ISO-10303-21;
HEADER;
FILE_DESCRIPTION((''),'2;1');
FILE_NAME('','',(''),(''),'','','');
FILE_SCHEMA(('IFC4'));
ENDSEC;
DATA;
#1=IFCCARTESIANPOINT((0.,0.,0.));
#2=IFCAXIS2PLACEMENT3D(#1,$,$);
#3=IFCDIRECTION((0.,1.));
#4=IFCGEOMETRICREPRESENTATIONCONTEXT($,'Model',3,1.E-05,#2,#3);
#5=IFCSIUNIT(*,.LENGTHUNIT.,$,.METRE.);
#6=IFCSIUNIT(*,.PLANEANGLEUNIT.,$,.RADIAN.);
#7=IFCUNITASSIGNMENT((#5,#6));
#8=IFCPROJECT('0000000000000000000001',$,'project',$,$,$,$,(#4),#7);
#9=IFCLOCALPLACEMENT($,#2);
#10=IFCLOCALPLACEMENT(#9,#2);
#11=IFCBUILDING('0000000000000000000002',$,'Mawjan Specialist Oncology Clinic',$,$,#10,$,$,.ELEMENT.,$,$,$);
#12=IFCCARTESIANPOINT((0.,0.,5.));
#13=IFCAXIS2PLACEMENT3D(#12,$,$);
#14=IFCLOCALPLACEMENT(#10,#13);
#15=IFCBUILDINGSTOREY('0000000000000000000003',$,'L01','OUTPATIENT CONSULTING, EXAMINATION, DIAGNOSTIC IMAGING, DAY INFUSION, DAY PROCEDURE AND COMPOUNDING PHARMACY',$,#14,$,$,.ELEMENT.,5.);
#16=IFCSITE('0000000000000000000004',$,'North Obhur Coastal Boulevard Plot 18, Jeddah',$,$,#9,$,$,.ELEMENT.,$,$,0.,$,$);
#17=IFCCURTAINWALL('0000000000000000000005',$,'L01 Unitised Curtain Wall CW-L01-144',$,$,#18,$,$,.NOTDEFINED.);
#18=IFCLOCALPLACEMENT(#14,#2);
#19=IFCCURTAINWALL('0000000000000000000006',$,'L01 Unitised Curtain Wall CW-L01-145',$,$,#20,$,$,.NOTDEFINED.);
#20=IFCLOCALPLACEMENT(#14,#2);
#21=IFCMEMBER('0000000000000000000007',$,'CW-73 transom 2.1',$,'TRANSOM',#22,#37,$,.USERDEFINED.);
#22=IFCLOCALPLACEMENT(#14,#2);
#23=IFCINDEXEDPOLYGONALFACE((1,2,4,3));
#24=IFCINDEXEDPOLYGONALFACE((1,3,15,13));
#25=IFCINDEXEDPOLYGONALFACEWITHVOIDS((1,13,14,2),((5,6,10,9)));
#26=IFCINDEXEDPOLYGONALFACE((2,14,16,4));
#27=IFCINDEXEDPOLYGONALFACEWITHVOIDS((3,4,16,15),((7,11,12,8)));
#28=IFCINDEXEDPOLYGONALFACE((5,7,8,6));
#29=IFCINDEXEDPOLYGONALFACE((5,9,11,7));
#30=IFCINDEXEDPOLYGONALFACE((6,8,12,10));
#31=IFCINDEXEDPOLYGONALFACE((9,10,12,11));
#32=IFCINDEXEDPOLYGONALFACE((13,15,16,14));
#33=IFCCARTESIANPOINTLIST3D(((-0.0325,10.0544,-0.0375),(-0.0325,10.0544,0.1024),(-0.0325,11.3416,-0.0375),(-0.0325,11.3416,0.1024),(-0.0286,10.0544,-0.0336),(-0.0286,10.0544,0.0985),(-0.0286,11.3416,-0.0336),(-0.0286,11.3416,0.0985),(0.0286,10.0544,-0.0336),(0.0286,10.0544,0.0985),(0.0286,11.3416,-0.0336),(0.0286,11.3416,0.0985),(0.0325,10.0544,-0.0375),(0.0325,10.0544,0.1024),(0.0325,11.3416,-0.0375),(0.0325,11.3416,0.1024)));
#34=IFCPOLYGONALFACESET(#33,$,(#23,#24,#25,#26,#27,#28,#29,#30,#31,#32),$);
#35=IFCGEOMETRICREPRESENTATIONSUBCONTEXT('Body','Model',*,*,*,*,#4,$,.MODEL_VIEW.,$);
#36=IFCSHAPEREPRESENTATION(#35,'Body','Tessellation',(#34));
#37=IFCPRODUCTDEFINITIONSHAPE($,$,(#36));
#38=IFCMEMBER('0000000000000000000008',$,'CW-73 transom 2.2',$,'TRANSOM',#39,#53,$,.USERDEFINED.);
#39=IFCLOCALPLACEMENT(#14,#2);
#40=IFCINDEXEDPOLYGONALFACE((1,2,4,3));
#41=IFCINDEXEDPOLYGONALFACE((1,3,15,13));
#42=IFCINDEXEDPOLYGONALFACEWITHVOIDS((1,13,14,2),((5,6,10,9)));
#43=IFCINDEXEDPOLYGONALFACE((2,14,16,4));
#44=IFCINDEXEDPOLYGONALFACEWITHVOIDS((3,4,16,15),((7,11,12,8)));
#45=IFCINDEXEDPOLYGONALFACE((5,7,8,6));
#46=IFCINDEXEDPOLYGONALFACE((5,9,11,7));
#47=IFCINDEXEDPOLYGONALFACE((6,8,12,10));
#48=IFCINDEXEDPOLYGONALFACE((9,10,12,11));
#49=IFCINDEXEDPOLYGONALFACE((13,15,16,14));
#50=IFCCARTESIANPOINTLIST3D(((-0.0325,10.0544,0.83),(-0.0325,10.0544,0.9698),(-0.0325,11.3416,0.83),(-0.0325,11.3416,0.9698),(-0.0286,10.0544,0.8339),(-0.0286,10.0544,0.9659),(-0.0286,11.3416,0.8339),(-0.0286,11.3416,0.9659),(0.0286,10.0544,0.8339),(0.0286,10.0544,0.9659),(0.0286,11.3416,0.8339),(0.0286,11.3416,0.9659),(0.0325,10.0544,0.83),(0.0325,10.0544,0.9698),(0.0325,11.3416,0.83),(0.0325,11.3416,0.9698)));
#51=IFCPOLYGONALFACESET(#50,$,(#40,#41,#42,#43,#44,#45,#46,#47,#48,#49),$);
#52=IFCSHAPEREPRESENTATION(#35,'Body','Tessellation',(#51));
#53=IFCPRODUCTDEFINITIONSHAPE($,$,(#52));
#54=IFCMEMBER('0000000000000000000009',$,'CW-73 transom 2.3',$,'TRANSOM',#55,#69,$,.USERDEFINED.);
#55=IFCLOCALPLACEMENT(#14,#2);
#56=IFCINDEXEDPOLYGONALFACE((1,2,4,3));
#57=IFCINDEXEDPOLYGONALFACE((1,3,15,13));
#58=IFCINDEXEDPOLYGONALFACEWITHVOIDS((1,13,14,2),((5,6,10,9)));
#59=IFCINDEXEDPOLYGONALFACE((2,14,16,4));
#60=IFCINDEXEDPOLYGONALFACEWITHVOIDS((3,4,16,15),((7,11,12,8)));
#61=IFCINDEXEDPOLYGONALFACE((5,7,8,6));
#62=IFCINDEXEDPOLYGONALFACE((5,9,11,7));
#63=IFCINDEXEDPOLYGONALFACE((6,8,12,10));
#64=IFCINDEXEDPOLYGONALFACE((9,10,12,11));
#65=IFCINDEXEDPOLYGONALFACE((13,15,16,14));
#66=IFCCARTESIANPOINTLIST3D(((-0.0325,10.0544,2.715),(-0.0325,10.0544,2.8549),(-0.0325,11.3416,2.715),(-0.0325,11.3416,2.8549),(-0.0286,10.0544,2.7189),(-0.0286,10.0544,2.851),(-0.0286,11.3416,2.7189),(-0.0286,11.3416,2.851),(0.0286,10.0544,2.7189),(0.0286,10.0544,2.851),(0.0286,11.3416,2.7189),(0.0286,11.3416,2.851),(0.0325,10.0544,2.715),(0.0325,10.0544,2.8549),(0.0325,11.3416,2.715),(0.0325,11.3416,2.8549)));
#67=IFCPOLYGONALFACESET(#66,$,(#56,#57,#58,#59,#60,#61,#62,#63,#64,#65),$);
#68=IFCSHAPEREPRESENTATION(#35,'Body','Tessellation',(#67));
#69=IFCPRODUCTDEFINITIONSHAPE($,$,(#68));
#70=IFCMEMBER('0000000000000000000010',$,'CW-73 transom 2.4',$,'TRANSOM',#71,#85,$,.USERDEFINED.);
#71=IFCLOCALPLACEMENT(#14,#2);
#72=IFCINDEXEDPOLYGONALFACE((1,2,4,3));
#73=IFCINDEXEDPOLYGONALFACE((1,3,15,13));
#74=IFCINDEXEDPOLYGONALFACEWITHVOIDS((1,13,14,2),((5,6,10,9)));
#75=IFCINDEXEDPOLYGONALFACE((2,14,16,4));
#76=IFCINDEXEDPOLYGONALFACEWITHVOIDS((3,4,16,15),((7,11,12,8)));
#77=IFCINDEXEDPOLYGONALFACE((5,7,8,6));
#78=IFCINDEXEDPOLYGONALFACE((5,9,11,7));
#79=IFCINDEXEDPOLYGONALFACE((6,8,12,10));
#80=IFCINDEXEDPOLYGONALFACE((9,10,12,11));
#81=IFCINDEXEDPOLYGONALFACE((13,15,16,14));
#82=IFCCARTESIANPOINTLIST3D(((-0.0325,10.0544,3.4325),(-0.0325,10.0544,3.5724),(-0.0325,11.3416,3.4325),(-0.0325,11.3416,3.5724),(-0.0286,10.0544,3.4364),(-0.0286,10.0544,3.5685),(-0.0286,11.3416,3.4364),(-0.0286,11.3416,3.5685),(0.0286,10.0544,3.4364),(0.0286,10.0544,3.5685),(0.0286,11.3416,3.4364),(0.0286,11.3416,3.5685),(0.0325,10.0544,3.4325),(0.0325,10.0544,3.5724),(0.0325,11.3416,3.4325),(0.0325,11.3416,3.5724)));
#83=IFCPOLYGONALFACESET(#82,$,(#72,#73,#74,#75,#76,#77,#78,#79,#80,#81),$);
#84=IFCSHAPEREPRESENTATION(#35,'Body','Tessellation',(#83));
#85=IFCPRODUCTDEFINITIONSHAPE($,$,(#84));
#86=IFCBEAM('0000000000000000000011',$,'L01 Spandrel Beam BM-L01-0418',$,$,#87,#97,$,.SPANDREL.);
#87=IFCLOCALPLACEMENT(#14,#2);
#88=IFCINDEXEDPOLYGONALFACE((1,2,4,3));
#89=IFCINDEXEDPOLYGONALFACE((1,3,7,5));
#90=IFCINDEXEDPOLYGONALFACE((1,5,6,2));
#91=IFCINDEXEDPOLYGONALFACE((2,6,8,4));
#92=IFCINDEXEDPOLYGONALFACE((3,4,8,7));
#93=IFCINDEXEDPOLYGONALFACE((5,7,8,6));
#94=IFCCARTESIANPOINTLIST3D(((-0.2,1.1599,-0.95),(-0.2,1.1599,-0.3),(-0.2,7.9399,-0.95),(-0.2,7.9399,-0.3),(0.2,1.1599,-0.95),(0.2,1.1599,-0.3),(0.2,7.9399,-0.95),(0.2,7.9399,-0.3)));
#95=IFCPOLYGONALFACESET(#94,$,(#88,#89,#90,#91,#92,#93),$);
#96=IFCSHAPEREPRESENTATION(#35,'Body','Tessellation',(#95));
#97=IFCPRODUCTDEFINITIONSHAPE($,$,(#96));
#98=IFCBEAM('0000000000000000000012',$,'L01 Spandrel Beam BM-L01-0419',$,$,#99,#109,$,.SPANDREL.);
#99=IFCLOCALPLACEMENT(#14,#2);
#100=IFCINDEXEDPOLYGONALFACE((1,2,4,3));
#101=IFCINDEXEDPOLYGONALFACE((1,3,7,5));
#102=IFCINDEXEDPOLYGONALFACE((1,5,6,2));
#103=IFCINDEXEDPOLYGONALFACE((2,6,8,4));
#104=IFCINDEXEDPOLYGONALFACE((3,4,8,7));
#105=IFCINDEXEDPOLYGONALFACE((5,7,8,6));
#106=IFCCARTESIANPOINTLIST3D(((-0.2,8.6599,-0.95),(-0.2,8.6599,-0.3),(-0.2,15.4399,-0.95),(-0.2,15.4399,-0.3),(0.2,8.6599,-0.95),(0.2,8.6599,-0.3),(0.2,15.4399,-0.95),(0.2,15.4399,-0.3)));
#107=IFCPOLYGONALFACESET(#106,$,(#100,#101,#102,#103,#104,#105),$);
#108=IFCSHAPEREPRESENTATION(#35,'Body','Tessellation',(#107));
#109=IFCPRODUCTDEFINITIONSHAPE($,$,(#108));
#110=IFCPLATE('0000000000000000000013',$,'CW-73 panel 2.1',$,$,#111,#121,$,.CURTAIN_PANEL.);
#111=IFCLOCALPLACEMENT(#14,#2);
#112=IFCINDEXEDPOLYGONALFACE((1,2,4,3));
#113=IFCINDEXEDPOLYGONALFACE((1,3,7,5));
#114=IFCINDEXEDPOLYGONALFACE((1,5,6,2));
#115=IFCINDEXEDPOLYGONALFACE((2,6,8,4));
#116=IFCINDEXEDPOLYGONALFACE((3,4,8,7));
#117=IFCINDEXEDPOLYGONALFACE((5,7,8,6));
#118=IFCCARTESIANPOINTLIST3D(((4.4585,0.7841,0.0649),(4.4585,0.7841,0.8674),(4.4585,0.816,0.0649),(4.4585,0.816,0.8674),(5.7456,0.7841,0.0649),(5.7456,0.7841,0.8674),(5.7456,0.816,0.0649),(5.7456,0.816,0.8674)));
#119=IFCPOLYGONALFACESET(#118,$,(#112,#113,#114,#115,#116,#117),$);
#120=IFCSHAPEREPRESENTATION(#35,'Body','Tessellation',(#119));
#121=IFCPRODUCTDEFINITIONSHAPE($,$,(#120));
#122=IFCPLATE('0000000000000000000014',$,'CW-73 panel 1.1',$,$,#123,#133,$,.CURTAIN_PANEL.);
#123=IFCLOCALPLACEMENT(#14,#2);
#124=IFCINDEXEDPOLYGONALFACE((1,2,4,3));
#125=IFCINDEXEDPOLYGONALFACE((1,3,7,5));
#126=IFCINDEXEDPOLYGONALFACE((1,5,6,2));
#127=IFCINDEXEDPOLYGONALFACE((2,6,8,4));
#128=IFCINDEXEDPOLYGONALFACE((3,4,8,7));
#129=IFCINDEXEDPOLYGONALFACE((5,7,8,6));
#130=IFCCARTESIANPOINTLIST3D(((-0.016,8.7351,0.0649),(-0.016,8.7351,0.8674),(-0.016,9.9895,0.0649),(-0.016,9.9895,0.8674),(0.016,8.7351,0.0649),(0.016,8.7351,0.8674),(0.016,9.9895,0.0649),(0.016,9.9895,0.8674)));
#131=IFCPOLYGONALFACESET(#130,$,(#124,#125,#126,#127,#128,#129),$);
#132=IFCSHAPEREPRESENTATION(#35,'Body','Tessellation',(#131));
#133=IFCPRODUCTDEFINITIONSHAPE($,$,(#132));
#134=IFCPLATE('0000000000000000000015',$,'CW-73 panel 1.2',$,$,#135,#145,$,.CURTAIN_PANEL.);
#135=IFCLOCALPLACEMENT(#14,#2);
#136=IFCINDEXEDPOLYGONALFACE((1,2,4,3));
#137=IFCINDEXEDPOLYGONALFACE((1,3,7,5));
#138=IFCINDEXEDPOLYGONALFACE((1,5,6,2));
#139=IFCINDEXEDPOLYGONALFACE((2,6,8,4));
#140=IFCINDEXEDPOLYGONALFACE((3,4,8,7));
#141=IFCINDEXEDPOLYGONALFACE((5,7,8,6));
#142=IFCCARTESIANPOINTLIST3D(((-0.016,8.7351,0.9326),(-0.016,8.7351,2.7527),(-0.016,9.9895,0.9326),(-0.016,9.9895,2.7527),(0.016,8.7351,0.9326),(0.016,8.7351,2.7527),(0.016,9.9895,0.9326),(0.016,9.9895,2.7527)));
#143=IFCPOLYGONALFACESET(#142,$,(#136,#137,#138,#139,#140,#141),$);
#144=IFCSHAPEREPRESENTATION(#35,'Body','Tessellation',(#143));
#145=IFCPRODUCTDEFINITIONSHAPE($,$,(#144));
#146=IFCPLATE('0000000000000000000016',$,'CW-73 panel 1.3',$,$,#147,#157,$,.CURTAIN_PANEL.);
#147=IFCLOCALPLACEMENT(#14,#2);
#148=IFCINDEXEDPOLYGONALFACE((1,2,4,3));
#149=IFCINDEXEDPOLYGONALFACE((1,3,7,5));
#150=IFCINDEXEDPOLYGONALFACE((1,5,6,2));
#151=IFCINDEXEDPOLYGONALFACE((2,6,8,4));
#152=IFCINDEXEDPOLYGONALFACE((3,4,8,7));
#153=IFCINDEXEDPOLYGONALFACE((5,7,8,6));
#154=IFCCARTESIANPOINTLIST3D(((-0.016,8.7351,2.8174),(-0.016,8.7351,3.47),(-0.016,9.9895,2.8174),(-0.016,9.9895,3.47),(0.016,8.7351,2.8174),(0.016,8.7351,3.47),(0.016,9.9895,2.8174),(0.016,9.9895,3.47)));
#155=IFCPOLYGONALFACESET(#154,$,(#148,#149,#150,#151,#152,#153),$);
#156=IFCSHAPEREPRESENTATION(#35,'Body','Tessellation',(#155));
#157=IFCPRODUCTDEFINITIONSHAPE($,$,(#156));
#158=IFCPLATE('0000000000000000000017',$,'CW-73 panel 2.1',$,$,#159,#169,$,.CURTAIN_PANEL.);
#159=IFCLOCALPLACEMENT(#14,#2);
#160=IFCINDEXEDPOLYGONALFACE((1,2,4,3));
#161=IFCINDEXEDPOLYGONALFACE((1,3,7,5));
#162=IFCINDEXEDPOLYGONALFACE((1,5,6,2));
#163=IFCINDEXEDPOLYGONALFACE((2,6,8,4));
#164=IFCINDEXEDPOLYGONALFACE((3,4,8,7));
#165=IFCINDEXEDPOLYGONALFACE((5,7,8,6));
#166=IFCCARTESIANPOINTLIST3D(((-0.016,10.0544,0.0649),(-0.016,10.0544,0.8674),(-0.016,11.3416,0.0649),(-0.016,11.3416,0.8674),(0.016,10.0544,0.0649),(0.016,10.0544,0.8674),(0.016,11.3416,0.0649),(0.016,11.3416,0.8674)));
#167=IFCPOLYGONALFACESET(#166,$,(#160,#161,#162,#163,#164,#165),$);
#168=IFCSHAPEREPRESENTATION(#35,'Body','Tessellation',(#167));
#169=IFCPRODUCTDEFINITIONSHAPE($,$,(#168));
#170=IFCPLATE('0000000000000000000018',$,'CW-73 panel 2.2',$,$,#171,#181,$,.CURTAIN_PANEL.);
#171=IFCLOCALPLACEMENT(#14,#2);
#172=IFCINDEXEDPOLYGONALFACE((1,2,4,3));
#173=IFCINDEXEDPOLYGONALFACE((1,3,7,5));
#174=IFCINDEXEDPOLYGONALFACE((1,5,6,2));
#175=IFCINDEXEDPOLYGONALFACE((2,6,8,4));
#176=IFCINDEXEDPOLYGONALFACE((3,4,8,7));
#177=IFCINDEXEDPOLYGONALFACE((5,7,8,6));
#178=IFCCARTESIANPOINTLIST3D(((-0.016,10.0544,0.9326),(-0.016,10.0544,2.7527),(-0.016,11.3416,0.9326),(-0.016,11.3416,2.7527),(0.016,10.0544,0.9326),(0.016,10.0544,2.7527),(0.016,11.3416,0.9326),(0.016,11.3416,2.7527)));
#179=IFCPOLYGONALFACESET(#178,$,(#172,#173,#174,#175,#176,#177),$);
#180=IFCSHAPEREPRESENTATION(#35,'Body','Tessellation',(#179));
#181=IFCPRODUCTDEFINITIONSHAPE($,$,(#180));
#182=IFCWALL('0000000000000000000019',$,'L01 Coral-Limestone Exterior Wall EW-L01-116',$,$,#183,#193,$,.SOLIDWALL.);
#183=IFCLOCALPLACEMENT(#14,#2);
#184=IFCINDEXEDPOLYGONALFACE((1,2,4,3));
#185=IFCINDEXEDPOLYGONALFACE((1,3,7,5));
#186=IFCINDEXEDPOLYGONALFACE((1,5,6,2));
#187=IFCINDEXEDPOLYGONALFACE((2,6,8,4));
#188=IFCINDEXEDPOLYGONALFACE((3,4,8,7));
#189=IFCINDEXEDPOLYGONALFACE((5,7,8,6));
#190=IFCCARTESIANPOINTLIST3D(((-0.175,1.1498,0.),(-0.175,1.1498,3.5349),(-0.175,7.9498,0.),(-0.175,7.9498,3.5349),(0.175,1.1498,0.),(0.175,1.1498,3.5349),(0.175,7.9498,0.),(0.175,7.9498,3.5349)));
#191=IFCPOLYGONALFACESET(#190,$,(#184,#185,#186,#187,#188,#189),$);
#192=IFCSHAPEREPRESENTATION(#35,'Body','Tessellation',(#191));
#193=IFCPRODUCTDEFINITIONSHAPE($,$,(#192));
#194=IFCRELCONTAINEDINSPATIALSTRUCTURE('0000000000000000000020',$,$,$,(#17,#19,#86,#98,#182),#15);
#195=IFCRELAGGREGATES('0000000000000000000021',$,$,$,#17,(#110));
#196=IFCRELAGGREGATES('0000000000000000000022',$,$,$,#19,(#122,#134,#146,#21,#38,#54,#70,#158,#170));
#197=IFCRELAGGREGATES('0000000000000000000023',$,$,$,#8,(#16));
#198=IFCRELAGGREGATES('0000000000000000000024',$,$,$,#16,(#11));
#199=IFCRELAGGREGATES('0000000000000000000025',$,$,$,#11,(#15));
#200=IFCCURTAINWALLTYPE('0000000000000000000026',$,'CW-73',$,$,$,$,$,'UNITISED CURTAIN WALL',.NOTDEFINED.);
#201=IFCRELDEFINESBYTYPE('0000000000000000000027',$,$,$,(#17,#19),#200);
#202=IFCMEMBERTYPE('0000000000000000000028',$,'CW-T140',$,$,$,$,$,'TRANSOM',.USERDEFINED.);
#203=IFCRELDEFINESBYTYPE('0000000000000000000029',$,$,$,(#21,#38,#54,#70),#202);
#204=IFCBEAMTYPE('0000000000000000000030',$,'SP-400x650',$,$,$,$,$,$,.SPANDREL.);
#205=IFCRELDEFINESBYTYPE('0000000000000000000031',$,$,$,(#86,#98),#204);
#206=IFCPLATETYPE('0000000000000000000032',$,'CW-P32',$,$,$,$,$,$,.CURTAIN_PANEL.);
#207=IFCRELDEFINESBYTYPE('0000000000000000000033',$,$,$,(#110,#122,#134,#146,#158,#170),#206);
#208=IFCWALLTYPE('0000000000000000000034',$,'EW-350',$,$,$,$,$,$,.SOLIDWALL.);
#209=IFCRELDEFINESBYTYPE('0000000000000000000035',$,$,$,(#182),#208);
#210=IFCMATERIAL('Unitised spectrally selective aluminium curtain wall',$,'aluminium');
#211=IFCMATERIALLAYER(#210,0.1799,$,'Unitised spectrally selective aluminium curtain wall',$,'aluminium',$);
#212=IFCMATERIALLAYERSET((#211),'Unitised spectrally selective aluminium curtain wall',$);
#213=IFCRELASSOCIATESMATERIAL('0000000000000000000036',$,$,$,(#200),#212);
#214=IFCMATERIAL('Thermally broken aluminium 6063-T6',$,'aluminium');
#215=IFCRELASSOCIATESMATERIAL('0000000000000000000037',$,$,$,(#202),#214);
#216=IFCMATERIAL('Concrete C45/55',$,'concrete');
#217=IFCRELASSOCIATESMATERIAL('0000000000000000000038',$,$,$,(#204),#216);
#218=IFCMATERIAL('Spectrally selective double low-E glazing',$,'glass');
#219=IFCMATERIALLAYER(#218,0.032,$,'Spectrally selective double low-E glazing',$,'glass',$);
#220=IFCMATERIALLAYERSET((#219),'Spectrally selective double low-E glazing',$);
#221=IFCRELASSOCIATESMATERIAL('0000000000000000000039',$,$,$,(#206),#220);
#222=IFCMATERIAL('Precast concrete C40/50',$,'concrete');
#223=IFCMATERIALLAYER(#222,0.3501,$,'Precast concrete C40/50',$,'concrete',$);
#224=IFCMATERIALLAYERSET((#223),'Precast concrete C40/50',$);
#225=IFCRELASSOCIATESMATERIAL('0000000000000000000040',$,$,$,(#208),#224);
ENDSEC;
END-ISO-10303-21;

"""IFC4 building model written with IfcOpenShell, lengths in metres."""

from ifc_helpers import new_model, si_unit, direction, frame, frame_2d, origin, origin_2d, place, context, subcontext, project, spatial, rectangle, hollow_rectangle, extrude, material, layer, layer_set, material_profile, profile_set, type_object, element, aggregate, save


model = new_model("IFC4")

# Units and contexts
model_context = context("Model", 3, precision=1e-05, world=origin(), true_north=direction((0.0, 1.0)))
body_context = subcontext(model_context, "Body", "Model", "MODEL_VIEW")
ifc_project = project(units=[si_unit("LENGTHUNIT", "METRE"), si_unit("PLANEANGLEUNIT", "RADIAN")], contexts=[model_context])

# Site, building, storey
site_placement = place(None, origin())
site = spatial("IfcSite", under=ifc_project, at=site_placement, Name="North Obhur Coastal Boulevard Plot 18, Jeddah", CompositionType="ELEMENT", RefElevation=0.0)
building_placement = place(site_placement, origin())
building = spatial("IfcBuilding", under=site, at=building_placement, Name="Mawjan Specialist Oncology Clinic", CompositionType="ELEMENT")
storey_placement = place(building_placement, frame((0.0, 0.0, 5.0)))
storey = spatial("IfcBuildingStorey", under=building, at=storey_placement, Name="L01", Description="OUTPATIENT CONSULTING, EXAMINATION, DIAGNOSTIC IMAGING, DAY INFUSION, DAY PROCEDURE AND COMPOUNDING PHARMACY", CompositionType="ELEMENT", Elevation=5.0)

# Curtain wall
ifc_material_1 = material(Name="Unitised spectrally selective aluminium curtain wall", Category="aluminium")
ifc_layer_1 = layer(ifc_material_1, 0.1799, Name="Unitised spectrally selective aluminium curtain wall", Category="aluminium")
ifc_layer_set_1 = layer_set([ifc_layer_1], Name="Unitised spectrally selective aluminium curtain wall")
curtain_wall_type = type_object("IfcCurtainWallType", Name="CW-73", ElementType="UNITISED CURTAIN WALL", PredefinedType="NOTDEFINED", material=ifc_layer_set_1)
curtain_wall_1_placement = place(storey_placement, origin())
curtain_wall_1 = element("IfcCurtainWall", 1, at=curtain_wall_1_placement, inside=storey, type_object=curtain_wall_type, Name="L01 Unitised Curtain Wall CW-L01-144", PredefinedType="NOTDEFINED")

# Curtain wall
curtain_wall_2_placement = place(storey_placement, origin())
curtain_wall_2 = element("IfcCurtainWall", 2, at=curtain_wall_2_placement, inside=storey, type_object=curtain_wall_type, Name="L01 Unitised Curtain Wall CW-L01-145", PredefinedType="NOTDEFINED")

# Members
ifc_material_2 = material(Name="Thermally broken aluminium 6063-T6", Category="aluminium")
ifc_material_profile_1 = material_profile(ifc_material_2, hollow_rectangle(XDim=0.0649, YDim=0.1399, WallThickness=0.0039, at=origin_2d()), Name="ALU TRANSOM 140x65x4", Category="aluminium")
ifc_profile_set_1 = profile_set([ifc_material_profile_1], Name="Thermally broken aluminium 6063-T6")
member_type_1 = type_object("IfcMemberType", Name="CW-T140", ElementType="TRANSOM", PredefinedType="USERDEFINED", material=ifc_profile_set_1)
member_1_placement = place(storey_placement, frame((0.0, 10.0544, 0.0325), z_axis=(0.0, 1.0, 0.0), x_axis=(-1.0, 0.0, 0.0)))
member_1 = element("IfcMember", 3, at=member_1_placement, type_object=member_type_1, Name="CW-73 transom 2.1", ObjectType="TRANSOM", PredefinedType="USERDEFINED", context=body_context, shape_type="SweptSolid", body=[
    extrude(hollow_rectangle(XDim=0.0649, YDim=0.1399, WallThickness=0.0039, at=origin_2d()), origin(), (0.0, 0.0, 1.0), 1.2871),
])
member_2_placement = place(storey_placement, frame((0.0, 10.0544, 0.8999), z_axis=(0.0, 1.0, 0.0), x_axis=(-1.0, 0.0, 0.0)))
member_2 = element("IfcMember", 4, at=member_2_placement, type_object=member_type_1, Name="CW-73 transom 2.2", ObjectType="TRANSOM", PredefinedType="USERDEFINED", context=body_context, shape_type="SweptSolid", body=[
    extrude(hollow_rectangle(XDim=0.0649, YDim=0.1399, WallThickness=0.0039, at=origin_2d()), origin(), (0.0, 0.0, 1.0), 1.2871),
])
member_3_placement = place(storey_placement, frame((0.0, 10.0544, 2.7849), z_axis=(0.0, 1.0, 0.0), x_axis=(-1.0, 0.0, 0.0)))
member_3 = element("IfcMember", 5, at=member_3_placement, type_object=member_type_1, Name="CW-73 transom 2.3", ObjectType="TRANSOM", PredefinedType="USERDEFINED", context=body_context, shape_type="SweptSolid", body=[
    extrude(hollow_rectangle(XDim=0.0649, YDim=0.1399, WallThickness=0.0039, at=origin_2d()), origin(), (0.0, 0.0, 1.0), 1.2871),
])
member_4_placement = place(storey_placement, frame((0.0, 10.0544, 3.5024), z_axis=(0.0, 1.0, 0.0), x_axis=(-1.0, 0.0, 0.0)))
member_4 = element("IfcMember", 6, at=member_4_placement, type_object=member_type_1, Name="CW-73 transom 2.4", ObjectType="TRANSOM", PredefinedType="USERDEFINED", context=body_context, shape_type="SweptSolid", body=[
    extrude(hollow_rectangle(XDim=0.0649, YDim=0.1399, WallThickness=0.0039, at=origin_2d()), origin(), (0.0, 0.0, 1.0), 1.2871),
])

# Beams
ifc_material_3 = material(Name="Concrete C45/55", Category="concrete")
ifc_material_profile_2 = material_profile(ifc_material_3, rectangle(XDim=0.3999, YDim=0.6499, at=origin_2d()), Name="RC BM 400x650", Category="concrete")
ifc_profile_set_2 = profile_set([ifc_material_profile_2], Name="Concrete C45/55")
beam_type_1 = type_object("IfcBeamType", Name="SP-400x650", PredefinedType="SPANDREL", material=ifc_profile_set_2)
for number, where, z_axis, x_axis, name in (
    (7, (0.0, 1.1599, -0.625), (0.0, 1.0, 0.0), (-1.0, 0.0, 0.0), "L01 Spandrel Beam BM-L01-0418"),
    (8, (0.0, 8.6599, -0.625), (0.0, 1.0, 0.0), (-1.0, 0.0, 0.0), "L01 Spandrel Beam BM-L01-0419"),
):
    element("IfcBeam", number, at=place(storey_placement, frame(where, z_axis=z_axis, x_axis=x_axis)), inside=storey, type_object=beam_type_1, Name=name, PredefinedType="SPANDREL", context=body_context, shape_type="SweptSolid", body=[
        extrude(rectangle(XDim=0.3999, YDim=0.6499, at=origin_2d()), origin(), (0.0, 0.0, 1.0), 6.78),
    ])

# Plates
ifc_material_4 = material(Name="Spectrally selective double low-E glazing", Category="glass")
ifc_layer_2 = layer(ifc_material_4, 0.032, Name="Spectrally selective double low-E glazing", Category="glass")
ifc_layer_set_2 = layer_set([ifc_layer_2], Name="Spectrally selective double low-E glazing")
plate_type = type_object("IfcPlateType", Name="CW-P32", PredefinedType="CURTAIN_PANEL", material=ifc_layer_set_2)
plate_1_placement = place(storey_placement, frame((5.1021, 0.8, 0.0649), z_axis=(0.0, 0.0, 1.0), x_axis=(-1.0, 0.0, 0.0)))
plate_1 = element("IfcPlate", 9, at=plate_1_placement, type_object=plate_type, Name="CW-73 panel 2.1", PredefinedType="CURTAIN_PANEL", context=body_context, shape_type="SweptSolid", body=[
    extrude(rectangle(XDim=1.2871, YDim=0.032, at=origin_2d()), origin(), (0.0, 0.0, 1.0), 0.8025),
])
aggregate(curtain_wall_1, [plate_1])
plate_2_placement = place(storey_placement, frame((0.0, 9.3623, 0.0649), z_axis=(0.0, 0.0, 1.0), x_axis=(0.0, 1.0, 0.0)))
plate_2 = element("IfcPlate", 10, at=plate_2_placement, type_object=plate_type, Name="CW-73 panel 1.1", PredefinedType="CURTAIN_PANEL", context=body_context, shape_type="SweptSolid", body=[
    extrude(rectangle(XDim=1.2544, YDim=0.032, at=origin_2d()), origin(), (0.0, 0.0, 1.0), 0.8025),
])
plate_3_placement = place(storey_placement, frame((0.0, 9.3623, 0.9326), z_axis=(0.0, 0.0, 1.0), x_axis=(0.0, 1.0, 0.0)))
plate_3 = element("IfcPlate", 11, at=plate_3_placement, type_object=plate_type, Name="CW-73 panel 1.2", PredefinedType="CURTAIN_PANEL", context=body_context, shape_type="SweptSolid", body=[
    extrude(rectangle(XDim=1.2544, YDim=0.032, at=origin_2d()), origin(), (0.0, 0.0, 1.0), 1.8201),
])
plate_4_placement = place(storey_placement, frame((0.0, 9.3623, 2.8174), z_axis=(0.0, 0.0, 1.0), x_axis=(0.0, 1.0, 0.0)))
plate_4 = element("IfcPlate", 12, at=plate_4_placement, type_object=plate_type, Name="CW-73 panel 1.3", PredefinedType="CURTAIN_PANEL", context=body_context, shape_type="SweptSolid", body=[
    extrude(rectangle(XDim=1.2544, YDim=0.032, at=origin_2d()), origin(), (0.0, 0.0, 1.0), 0.6526),
])
plate_5_placement = place(storey_placement, frame((0.0, 10.698, 0.0649), z_axis=(0.0, 0.0, 1.0), x_axis=(0.0, 1.0, 0.0)))
plate_5 = element("IfcPlate", 13, at=plate_5_placement, type_object=plate_type, Name="CW-73 panel 2.1", PredefinedType="CURTAIN_PANEL", context=body_context, shape_type="SweptSolid", body=[
    extrude(rectangle(XDim=1.2871, YDim=0.032, at=origin_2d()), origin(), (0.0, 0.0, 1.0), 0.8025),
])
plate_6_placement = place(storey_placement, frame((0.0, 10.698, 0.9326), z_axis=(0.0, 0.0, 1.0), x_axis=(0.0, 1.0, 0.0)))
plate_6 = element("IfcPlate", 14, at=plate_6_placement, type_object=plate_type, Name="CW-73 panel 2.2", PredefinedType="CURTAIN_PANEL", context=body_context, shape_type="SweptSolid", body=[
    extrude(rectangle(XDim=1.2871, YDim=0.032, at=origin_2d()), origin(), (0.0, 0.0, 1.0), 1.8201),
])
aggregate(curtain_wall_2, [plate_2, plate_3, plate_4, member_1, member_2, member_3, member_4, plate_5, plate_6])

# Wall
ifc_material_5 = material(Name="Precast concrete C40/50", Category="concrete")
ifc_layer_3 = layer(ifc_material_5, 0.3501, Name="Precast concrete C40/50", Category="concrete")
ifc_layer_set_3 = layer_set([ifc_layer_3], Name="Precast concrete C40/50")
wall_type_1 = type_object("IfcWallType", Name="EW-350", PredefinedType="SOLIDWALL", material=ifc_layer_set_3)
wall_1_placement = place(storey_placement, frame((0.0, 1.1499, 0.0), z_axis=(0.0, 0.0, 1.0), x_axis=(0.0, 1.0, 0.0)))
element("IfcWall", 15, at=wall_1_placement, inside=storey, type_object=wall_type_1, Name="L01 Coral-Limestone Exterior Wall EW-L01-116", PredefinedType="SOLIDWALL", context=body_context, shape_type="SweptSolid", body=[
    extrude(rectangle(XDim=6.8, YDim=0.3501, at=frame_2d((3.3999, 0.0))), origin(), (0.0, 0.0, 1.0), 3.5349),
])

save(model, "model.ifc")
